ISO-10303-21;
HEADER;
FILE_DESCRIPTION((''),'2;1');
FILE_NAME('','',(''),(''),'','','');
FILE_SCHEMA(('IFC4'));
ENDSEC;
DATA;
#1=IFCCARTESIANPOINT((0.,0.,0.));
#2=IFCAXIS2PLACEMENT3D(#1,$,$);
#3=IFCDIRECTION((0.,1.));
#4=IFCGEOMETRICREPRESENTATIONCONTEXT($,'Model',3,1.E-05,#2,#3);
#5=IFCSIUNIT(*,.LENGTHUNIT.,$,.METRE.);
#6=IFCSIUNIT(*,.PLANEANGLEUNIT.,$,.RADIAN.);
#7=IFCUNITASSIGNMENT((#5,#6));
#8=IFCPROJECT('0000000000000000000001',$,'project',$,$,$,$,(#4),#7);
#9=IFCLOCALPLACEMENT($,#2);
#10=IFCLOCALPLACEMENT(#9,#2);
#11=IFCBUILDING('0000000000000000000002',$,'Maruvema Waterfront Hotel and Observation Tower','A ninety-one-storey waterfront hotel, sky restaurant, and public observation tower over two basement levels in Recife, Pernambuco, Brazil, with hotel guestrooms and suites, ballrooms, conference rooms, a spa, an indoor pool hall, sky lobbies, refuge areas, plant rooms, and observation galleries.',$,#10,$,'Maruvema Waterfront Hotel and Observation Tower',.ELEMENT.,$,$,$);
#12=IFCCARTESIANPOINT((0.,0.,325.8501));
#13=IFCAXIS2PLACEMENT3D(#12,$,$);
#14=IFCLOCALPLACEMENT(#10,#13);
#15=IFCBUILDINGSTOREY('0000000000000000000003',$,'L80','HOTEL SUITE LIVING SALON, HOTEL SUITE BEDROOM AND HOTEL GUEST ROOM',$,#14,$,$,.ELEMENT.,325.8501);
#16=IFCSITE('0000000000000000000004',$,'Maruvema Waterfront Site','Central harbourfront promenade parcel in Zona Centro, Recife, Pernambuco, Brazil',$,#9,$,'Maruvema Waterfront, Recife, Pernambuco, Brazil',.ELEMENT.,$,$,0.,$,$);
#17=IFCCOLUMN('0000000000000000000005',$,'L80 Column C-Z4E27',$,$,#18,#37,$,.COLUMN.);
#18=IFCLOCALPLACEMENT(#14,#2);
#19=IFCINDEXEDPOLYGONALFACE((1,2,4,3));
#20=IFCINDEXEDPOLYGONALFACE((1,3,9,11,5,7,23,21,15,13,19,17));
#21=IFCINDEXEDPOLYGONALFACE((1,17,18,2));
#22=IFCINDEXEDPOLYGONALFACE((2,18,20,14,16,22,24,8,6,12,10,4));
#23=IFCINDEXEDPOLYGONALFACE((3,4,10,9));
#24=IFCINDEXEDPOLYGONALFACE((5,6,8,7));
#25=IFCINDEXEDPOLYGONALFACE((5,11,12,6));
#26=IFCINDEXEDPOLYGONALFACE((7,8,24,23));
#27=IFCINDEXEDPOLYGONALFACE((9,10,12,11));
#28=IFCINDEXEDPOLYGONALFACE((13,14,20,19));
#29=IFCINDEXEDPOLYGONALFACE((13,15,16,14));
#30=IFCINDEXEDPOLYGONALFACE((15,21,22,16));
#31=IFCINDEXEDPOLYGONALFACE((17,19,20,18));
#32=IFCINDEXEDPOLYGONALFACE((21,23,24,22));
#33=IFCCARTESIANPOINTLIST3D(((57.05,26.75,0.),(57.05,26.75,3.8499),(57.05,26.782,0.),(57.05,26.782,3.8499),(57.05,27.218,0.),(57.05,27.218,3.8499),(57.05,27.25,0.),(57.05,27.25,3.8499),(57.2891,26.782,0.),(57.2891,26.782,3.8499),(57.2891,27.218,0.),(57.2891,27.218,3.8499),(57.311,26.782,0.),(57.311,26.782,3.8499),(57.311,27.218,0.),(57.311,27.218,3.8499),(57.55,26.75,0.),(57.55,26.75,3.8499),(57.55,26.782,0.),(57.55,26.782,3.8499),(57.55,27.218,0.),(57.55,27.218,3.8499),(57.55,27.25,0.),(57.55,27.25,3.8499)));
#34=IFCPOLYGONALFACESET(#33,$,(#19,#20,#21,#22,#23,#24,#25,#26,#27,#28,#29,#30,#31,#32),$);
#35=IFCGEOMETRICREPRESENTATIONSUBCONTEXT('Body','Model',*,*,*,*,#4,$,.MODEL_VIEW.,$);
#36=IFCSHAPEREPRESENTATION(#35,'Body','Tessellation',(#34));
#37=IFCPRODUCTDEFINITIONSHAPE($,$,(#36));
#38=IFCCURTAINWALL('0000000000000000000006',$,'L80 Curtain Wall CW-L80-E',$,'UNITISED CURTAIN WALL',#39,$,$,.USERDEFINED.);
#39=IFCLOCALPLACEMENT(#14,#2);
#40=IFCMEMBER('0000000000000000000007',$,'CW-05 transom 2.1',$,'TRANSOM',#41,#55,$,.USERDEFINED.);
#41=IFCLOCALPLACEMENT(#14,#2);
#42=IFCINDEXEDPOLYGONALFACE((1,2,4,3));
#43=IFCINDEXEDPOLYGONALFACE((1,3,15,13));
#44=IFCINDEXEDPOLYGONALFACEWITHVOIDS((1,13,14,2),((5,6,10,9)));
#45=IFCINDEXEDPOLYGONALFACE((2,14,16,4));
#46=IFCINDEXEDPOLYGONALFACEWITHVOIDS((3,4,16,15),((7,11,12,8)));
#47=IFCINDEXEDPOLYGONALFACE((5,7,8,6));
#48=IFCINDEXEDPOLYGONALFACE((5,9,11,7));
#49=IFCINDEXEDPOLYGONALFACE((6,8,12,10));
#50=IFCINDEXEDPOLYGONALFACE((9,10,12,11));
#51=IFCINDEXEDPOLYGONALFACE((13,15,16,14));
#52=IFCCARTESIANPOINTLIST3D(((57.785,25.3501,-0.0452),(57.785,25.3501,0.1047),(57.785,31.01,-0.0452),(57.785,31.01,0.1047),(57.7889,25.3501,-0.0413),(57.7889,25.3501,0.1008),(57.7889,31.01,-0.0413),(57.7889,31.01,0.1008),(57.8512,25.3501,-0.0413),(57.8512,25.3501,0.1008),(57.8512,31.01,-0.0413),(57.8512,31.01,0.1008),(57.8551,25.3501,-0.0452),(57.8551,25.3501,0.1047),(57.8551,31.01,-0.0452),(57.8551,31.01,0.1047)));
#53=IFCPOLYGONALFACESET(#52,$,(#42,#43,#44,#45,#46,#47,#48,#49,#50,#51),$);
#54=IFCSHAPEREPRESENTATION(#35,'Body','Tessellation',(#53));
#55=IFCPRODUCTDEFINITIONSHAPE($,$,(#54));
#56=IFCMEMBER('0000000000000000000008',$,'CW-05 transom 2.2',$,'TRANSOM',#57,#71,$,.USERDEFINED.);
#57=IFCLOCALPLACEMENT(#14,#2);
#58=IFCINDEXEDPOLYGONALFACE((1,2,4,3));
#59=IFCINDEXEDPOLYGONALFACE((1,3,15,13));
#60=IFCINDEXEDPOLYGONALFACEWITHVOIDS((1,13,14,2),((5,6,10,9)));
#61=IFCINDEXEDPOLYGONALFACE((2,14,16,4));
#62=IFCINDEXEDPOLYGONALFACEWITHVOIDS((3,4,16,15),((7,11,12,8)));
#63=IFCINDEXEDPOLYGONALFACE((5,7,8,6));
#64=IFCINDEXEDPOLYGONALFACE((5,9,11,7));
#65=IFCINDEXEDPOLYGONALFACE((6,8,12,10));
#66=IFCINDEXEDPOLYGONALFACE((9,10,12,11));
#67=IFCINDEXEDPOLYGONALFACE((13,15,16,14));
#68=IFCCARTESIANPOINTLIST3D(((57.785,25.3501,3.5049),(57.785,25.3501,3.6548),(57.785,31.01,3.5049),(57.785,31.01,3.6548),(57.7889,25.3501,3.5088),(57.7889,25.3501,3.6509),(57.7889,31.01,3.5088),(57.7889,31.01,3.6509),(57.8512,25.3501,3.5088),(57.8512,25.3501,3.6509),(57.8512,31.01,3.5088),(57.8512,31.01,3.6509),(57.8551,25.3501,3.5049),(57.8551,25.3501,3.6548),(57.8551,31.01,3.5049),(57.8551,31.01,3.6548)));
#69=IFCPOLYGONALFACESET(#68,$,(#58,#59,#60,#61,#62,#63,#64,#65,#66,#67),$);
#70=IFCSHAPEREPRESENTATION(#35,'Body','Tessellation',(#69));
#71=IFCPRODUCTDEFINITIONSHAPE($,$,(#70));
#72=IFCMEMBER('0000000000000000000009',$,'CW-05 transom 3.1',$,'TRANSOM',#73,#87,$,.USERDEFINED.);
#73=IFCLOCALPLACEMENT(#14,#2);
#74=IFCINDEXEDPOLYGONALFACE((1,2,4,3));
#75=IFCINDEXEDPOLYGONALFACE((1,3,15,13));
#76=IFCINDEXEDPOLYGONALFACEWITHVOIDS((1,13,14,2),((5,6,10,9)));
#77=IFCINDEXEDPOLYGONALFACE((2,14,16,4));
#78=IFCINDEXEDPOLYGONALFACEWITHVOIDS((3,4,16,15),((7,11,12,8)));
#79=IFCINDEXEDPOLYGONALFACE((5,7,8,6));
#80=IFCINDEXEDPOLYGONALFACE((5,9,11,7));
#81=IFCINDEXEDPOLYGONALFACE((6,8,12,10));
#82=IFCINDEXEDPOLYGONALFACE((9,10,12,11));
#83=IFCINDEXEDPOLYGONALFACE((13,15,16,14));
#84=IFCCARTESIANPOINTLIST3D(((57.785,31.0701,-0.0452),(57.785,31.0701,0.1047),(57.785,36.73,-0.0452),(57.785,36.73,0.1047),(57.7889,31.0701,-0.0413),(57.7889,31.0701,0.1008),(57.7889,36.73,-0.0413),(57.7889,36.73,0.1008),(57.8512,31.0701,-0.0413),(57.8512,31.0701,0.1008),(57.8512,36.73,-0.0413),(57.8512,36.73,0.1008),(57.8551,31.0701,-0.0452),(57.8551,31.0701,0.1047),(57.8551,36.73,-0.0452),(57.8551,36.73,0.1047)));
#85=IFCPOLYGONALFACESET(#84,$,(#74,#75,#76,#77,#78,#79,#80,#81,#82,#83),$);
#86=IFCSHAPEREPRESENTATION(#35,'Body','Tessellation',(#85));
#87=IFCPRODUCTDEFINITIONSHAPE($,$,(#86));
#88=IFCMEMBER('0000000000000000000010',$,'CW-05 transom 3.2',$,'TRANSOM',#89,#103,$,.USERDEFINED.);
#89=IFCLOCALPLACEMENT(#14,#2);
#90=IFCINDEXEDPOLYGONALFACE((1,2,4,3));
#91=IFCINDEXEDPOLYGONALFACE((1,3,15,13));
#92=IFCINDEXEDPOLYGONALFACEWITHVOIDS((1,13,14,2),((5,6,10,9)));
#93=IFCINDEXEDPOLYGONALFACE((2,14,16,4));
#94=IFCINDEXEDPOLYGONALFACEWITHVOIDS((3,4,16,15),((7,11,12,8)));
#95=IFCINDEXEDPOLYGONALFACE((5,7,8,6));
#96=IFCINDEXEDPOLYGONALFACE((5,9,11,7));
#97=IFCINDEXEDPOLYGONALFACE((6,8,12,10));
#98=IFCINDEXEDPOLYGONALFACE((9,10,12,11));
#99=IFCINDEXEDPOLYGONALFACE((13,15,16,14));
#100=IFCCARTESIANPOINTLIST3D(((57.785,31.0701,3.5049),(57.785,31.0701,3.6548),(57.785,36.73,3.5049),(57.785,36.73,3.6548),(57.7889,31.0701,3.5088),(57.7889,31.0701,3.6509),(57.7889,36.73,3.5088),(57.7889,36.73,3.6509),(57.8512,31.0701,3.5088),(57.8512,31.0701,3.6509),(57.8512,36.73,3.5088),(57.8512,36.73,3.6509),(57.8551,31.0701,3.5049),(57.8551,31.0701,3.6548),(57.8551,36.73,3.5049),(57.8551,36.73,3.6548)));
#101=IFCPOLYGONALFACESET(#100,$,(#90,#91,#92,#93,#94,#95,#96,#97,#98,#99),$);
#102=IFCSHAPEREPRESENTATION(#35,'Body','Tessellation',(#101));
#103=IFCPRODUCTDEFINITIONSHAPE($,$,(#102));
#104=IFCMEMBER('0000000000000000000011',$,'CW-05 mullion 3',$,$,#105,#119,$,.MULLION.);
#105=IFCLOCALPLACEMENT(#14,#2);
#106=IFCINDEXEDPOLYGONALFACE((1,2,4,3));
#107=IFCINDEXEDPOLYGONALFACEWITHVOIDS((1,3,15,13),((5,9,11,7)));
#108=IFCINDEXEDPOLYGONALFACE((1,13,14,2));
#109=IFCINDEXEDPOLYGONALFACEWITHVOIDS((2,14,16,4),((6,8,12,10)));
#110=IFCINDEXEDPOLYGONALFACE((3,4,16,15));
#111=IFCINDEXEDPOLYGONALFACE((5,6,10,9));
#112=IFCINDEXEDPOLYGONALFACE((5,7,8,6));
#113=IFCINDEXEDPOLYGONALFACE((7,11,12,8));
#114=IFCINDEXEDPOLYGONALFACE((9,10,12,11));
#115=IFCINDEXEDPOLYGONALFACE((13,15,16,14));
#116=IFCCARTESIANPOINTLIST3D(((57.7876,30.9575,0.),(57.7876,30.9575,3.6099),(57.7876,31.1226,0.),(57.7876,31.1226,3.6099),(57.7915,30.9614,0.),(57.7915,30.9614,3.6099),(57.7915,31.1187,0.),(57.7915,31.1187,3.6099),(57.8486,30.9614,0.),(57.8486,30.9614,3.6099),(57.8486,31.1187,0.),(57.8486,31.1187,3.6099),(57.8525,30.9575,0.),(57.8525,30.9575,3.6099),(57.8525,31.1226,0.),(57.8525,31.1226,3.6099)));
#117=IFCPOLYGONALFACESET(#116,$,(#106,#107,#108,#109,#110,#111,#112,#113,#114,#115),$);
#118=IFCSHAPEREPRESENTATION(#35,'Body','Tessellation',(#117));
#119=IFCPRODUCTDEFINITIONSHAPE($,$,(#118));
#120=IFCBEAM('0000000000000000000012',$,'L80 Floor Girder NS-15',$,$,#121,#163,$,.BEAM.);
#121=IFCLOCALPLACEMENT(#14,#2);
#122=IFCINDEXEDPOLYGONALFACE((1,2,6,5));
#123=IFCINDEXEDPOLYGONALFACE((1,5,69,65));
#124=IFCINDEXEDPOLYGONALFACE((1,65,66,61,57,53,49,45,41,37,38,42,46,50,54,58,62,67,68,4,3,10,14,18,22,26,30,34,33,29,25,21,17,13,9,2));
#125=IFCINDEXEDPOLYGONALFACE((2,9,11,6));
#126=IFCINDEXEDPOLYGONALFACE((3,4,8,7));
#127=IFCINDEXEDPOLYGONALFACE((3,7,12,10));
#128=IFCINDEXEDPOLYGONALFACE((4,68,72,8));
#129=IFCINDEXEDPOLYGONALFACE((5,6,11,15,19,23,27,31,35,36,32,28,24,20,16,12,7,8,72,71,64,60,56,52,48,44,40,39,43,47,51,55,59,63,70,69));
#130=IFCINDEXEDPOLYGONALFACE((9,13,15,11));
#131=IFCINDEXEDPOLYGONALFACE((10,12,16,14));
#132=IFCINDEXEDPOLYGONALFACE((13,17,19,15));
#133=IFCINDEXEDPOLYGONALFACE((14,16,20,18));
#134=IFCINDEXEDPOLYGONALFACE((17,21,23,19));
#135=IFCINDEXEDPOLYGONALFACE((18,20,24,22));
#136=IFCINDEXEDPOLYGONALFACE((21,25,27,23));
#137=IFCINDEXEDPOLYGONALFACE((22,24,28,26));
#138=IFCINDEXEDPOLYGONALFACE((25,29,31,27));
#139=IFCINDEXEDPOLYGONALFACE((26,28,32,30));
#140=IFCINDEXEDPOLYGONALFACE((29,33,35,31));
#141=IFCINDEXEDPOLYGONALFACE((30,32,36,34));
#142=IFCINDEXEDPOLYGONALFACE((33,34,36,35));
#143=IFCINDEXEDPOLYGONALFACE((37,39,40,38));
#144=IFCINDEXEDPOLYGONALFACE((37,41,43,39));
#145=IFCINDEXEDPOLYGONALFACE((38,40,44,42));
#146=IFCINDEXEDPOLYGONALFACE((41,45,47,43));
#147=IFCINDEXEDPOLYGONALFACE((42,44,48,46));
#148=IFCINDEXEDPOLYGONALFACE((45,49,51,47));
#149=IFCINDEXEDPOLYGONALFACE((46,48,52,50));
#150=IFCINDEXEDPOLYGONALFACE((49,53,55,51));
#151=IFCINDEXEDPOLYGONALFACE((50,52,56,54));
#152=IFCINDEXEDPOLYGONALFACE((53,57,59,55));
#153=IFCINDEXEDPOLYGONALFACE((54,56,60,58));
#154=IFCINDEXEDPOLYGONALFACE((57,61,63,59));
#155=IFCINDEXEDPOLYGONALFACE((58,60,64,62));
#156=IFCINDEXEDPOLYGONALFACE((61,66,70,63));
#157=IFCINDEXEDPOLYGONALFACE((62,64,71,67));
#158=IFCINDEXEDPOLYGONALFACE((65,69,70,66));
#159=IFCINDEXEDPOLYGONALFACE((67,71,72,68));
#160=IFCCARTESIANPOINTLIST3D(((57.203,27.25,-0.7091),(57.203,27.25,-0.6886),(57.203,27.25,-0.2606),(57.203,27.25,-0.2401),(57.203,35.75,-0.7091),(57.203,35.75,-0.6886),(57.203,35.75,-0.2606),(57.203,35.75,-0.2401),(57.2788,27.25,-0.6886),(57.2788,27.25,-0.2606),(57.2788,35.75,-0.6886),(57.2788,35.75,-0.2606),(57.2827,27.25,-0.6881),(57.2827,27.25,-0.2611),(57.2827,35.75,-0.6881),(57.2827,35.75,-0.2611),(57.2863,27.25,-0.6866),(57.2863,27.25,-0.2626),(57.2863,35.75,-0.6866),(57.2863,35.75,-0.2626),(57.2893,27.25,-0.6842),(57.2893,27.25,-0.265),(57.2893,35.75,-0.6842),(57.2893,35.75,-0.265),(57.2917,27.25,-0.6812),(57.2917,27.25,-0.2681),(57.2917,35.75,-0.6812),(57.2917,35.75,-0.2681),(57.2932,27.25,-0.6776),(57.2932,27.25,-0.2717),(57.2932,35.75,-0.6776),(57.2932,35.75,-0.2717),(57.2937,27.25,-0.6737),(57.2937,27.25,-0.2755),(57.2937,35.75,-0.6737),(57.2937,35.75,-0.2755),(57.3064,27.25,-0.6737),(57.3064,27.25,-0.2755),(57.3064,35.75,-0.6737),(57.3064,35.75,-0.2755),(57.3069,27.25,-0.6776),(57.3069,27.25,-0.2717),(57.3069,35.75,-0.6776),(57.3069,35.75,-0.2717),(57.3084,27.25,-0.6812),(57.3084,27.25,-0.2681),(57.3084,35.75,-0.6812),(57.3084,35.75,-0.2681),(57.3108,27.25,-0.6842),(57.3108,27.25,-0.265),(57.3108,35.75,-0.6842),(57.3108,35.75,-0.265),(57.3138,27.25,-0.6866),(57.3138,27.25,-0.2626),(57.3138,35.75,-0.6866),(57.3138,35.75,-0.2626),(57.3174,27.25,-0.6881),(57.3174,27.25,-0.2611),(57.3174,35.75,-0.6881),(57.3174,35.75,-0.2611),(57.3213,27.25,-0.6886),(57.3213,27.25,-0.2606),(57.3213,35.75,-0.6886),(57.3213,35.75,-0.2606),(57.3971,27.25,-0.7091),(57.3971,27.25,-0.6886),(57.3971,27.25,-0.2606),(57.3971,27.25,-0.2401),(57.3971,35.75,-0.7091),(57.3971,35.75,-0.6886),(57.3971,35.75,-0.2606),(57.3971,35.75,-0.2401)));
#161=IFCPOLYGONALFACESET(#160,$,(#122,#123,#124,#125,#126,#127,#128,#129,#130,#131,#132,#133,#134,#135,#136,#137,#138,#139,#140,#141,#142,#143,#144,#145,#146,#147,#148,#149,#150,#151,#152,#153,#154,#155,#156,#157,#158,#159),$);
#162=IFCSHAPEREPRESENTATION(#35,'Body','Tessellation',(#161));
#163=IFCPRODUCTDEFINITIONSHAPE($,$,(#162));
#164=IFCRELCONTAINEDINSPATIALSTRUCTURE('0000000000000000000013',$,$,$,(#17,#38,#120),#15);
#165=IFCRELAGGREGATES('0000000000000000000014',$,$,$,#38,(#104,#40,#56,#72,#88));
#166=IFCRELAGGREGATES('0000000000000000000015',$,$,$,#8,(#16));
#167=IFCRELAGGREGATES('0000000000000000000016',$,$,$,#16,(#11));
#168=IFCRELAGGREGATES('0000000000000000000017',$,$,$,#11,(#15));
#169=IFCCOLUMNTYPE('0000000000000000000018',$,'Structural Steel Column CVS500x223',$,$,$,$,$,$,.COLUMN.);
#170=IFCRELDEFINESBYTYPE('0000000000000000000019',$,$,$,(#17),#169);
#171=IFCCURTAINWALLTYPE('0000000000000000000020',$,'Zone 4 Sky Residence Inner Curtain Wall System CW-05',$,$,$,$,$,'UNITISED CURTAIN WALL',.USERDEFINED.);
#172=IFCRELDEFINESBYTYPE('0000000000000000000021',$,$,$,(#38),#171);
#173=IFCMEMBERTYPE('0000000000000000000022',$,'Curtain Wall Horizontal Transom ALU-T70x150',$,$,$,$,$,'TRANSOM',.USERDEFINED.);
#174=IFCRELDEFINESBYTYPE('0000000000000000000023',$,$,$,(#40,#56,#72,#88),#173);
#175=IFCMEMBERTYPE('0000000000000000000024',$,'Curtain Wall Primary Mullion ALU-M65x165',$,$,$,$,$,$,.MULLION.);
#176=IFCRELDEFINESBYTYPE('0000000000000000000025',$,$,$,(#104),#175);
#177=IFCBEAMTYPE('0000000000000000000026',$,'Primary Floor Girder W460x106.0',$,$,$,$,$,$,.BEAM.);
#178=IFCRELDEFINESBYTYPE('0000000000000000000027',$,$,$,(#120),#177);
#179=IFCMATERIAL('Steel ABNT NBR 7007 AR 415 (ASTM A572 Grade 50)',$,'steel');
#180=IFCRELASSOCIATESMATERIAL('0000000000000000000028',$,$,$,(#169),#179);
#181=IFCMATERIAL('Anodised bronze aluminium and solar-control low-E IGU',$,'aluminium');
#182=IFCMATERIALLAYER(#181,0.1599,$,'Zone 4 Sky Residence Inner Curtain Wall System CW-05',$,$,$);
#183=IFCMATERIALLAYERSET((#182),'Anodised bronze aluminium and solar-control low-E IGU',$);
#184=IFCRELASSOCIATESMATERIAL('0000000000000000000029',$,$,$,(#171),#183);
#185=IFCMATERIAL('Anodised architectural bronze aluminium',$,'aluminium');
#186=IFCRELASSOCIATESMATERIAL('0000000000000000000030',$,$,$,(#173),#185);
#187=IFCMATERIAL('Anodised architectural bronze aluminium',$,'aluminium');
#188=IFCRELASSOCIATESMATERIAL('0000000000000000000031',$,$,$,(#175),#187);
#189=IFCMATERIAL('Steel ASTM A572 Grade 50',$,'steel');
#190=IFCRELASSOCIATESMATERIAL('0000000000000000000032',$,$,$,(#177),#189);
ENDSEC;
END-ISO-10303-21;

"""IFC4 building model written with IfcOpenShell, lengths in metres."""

from ifc_helpers import new_model, si_unit, direction, frame, origin, origin_2d, place, context, subcontext, project, spatial, hollow_rectangle, i_section, extrude, material, layer, layer_set, material_profile, profile_set, type_object, element, aggregate, save


model = new_model("IFC4")

# Units and contexts
model_context = context("Model", 3, precision=1e-05, world=origin(), true_north=direction((0.0, 1.0)))
body_context = subcontext(model_context, "Body", "Model", "MODEL_VIEW")
ifc_project = project(units=[si_unit("LENGTHUNIT", "METRE"), si_unit("PLANEANGLEUNIT", "RADIAN")], contexts=[model_context])

# Site, building, storey
site_placement = place(None, origin())
site = spatial("IfcSite", under=ifc_project, at=site_placement, Name="Maruvema Waterfront Site", Description="Central harbourfront promenade parcel in Zona Centro, Recife, Pernambuco, Brazil", LongName="Maruvema Waterfront, Recife, Pernambuco, Brazil", CompositionType="ELEMENT", RefElevation=0.0)
building_placement = place(site_placement, origin())
building = spatial("IfcBuilding", under=site, at=building_placement, Name="Maruvema Waterfront Hotel and Observation Tower", Description="A ninety-one-storey waterfront hotel, sky restaurant, and public observation tower over two basement levels in Recife, Pernambuco, Brazil, with hotel guestrooms and suites, ballrooms, conference rooms, a spa, an indoor pool hall, sky lobbies, refuge areas, plant rooms, and observation galleries.", LongName="Maruvema Waterfront Hotel and Observation Tower", CompositionType="ELEMENT")
storey_placement = place(building_placement, frame((0.0, 0.0, 325.8501)))
storey = spatial("IfcBuildingStorey", under=building, at=storey_placement, Name="L80", Description="HOTEL SUITE LIVING SALON, HOTEL SUITE BEDROOM AND HOTEL GUEST ROOM", CompositionType="ELEMENT", Elevation=325.8501)

# Column
ifc_material_1 = material(Name="Steel ABNT NBR 7007 AR 415 (ASTM A572 Grade 50)", Category="steel")
ifc_material_profile_1 = material_profile(ifc_material_1, i_section(OverallWidth=0.5, OverallDepth=0.5, WebThickness=0.022, FlangeThickness=0.032, at=origin_2d()), Name="CVS500x223")
ifc_profile_set_1 = profile_set([ifc_material_profile_1], Name="Steel ABNT NBR 7007 AR 415 (ASTM A572 Grade 50)")
column_type = type_object("IfcColumnType", Name="Structural Steel Column CVS500x223", PredefinedType="COLUMN", material=ifc_profile_set_1)
column_placement = place(storey_placement, frame((57.3, 27.0, 0.0), z_axis=(0.0, 0.0, 1.0), x_axis=(1.0, 0.0, 0.0)))
element("IfcColumn", 1, at=column_placement, inside=storey, type_object=column_type, Name="L80 Column C-Z4E27", PredefinedType="COLUMN", context=body_context, shape_type="SweptSolid", body=[
    extrude(i_section(OverallWidth=0.5, OverallDepth=0.5, WebThickness=0.022, FlangeThickness=0.032, at=origin_2d()), origin(), (0.0, 0.0, 1.0), 3.8499),
])

# Curtain wall, members
ifc_material_2 = material(Name="Anodised bronze aluminium and solar-control low-E IGU", Category="aluminium")
ifc_layer_1 = layer(ifc_material_2, 0.1599, Name="Zone 4 Sky Residence Inner Curtain Wall System CW-05")
ifc_layer_set_1 = layer_set([ifc_layer_1], Name="Anodised bronze aluminium and solar-control low-E IGU")
curtain_wall_type = type_object("IfcCurtainWallType", Name="Zone 4 Sky Residence Inner Curtain Wall System CW-05", ElementType="UNITISED CURTAIN WALL", PredefinedType="USERDEFINED", material=ifc_layer_set_1)
curtain_wall_placement = place(storey_placement, origin())
curtain_wall = element("IfcCurtainWall", 2, at=curtain_wall_placement, inside=storey, type_object=curtain_wall_type, Name="L80 Curtain Wall CW-L80-E", ObjectType="UNITISED CURTAIN WALL", PredefinedType="USERDEFINED")
ifc_material_3 = material(Name="Anodised architectural bronze aluminium", Category="aluminium")
ifc_material_profile_2 = material_profile(ifc_material_3, hollow_rectangle(XDim=0.0701, YDim=0.1499, WallThickness=0.0039, at=origin_2d()), Name="ALU-T70x150")
ifc_profile_set_2 = profile_set([ifc_material_profile_2], Name="Anodised architectural bronze aluminium")
member_type_1 = type_object("IfcMemberType", Name="Curtain Wall Horizontal Transom ALU-T70x150", ElementType="TRANSOM", PredefinedType="USERDEFINED", material=ifc_profile_set_2)
member_1_placement = place(storey_placement, frame((57.8201, 25.3501, 0.0298), z_axis=(0.0, 1.0, 0.0), x_axis=(-1.0, 0.0, 0.0)))
member_1 = element("IfcMember", 3, at=member_1_placement, type_object=member_type_1, Name="CW-05 transom 2.1", ObjectType="TRANSOM", PredefinedType="USERDEFINED", context=body_context, shape_type="SweptSolid", body=[
    extrude(hollow_rectangle(XDim=0.0701, YDim=0.1499, WallThickness=0.0039, at=origin_2d()), origin(), (0.0, 0.0, 1.0), 5.6599),
])
member_2_placement = place(storey_placement, frame((57.8201, 25.3501, 3.5798), z_axis=(0.0, 1.0, 0.0), x_axis=(-1.0, 0.0, 0.0)))
member_2 = element("IfcMember", 4, at=member_2_placement, type_object=member_type_1, Name="CW-05 transom 2.2", ObjectType="TRANSOM", PredefinedType="USERDEFINED", context=body_context, shape_type="SweptSolid", body=[
    extrude(hollow_rectangle(XDim=0.0701, YDim=0.1499, WallThickness=0.0039, at=origin_2d()), origin(), (0.0, 0.0, 1.0), 5.6599),
])
member_3_placement = place(storey_placement, frame((57.8201, 31.0701, 0.0298), z_axis=(0.0, 1.0, 0.0), x_axis=(-1.0, 0.0, 0.0)))
member_3 = element("IfcMember", 5, at=member_3_placement, type_object=member_type_1, Name="CW-05 transom 3.1", ObjectType="TRANSOM", PredefinedType="USERDEFINED", context=body_context, shape_type="SweptSolid", body=[
    extrude(hollow_rectangle(XDim=0.0701, YDim=0.1499, WallThickness=0.0039, at=origin_2d()), origin(), (0.0, 0.0, 1.0), 5.6599),
])
member_4_placement = place(storey_placement, frame((57.8201, 31.0701, 3.5798), z_axis=(0.0, 1.0, 0.0), x_axis=(-1.0, 0.0, 0.0)))
member_4 = element("IfcMember", 6, at=member_4_placement, type_object=member_type_1, Name="CW-05 transom 3.2", ObjectType="TRANSOM", PredefinedType="USERDEFINED", context=body_context, shape_type="SweptSolid", body=[
    extrude(hollow_rectangle(XDim=0.0701, YDim=0.1499, WallThickness=0.0039, at=origin_2d()), origin(), (0.0, 0.0, 1.0), 5.6599),
])
ifc_material_4 = material(Name="Anodised architectural bronze aluminium", Category="aluminium")
ifc_material_profile_3 = material_profile(ifc_material_4, hollow_rectangle(XDim=0.0649, YDim=0.165, WallThickness=0.0039, at=origin_2d()), Name="ALU-M65x165")
ifc_profile_set_3 = profile_set([ifc_material_profile_3], Name="Anodised architectural bronze aluminium")
member_type_2 = type_object("IfcMemberType", Name="Curtain Wall Primary Mullion ALU-M65x165", PredefinedType="MULLION", material=ifc_profile_set_3)
member_5_placement = place(storey_placement, frame((57.8201, 31.04, 0.0), z_axis=(0.0, 0.0, 1.0), x_axis=(-1.0, 0.0, 0.0)))
member_5 = element("IfcMember", 7, at=member_5_placement, type_object=member_type_2, Name="CW-05 mullion 3", PredefinedType="MULLION", context=body_context, shape_type="SweptSolid", body=[
    extrude(hollow_rectangle(XDim=0.0649, YDim=0.165, WallThickness=0.0039, at=origin_2d()), origin(), (0.0, 0.0, 1.0), 3.6099),
])

# Beam
ifc_material_5 = material(Name="Steel ASTM A572 Grade 50", Category="steel")
ifc_material_profile_4 = material_profile(ifc_material_5, i_section(OverallWidth=0.1941, OverallDepth=0.469, WebThickness=0.0127, FlangeThickness=0.0205, FilletRadius=0.0149, at=origin_2d()), Name="W460x106.0")
ifc_profile_set_4 = profile_set([ifc_material_profile_4], Name="Steel ASTM A572 Grade 50")
beam_type_1 = type_object("IfcBeamType", Name="Primary Floor Girder W460x106.0", PredefinedType="BEAM", material=ifc_profile_set_4)
beam_1_placement = place(storey_placement, frame((57.3, 27.25, -0.4746), z_axis=(0.0, 1.0, 0.0), x_axis=(-1.0, 0.0, 0.0)))
element("IfcBeam", 8, at=beam_1_placement, inside=storey, type_object=beam_type_1, Name="L80 Floor Girder NS-15", PredefinedType="BEAM", context=body_context, shape_type="SweptSolid", body=[
    extrude(i_section(OverallWidth=0.1941, OverallDepth=0.469, WebThickness=0.0127, FlangeThickness=0.0205, FilletRadius=0.0149, at=origin_2d()), origin(), (0.0, 0.0, 1.0), 8.5),
])

aggregate(curtain_wall, [member_5, member_1, member_2, member_3, member_4])

save(model, "model.ifc")
